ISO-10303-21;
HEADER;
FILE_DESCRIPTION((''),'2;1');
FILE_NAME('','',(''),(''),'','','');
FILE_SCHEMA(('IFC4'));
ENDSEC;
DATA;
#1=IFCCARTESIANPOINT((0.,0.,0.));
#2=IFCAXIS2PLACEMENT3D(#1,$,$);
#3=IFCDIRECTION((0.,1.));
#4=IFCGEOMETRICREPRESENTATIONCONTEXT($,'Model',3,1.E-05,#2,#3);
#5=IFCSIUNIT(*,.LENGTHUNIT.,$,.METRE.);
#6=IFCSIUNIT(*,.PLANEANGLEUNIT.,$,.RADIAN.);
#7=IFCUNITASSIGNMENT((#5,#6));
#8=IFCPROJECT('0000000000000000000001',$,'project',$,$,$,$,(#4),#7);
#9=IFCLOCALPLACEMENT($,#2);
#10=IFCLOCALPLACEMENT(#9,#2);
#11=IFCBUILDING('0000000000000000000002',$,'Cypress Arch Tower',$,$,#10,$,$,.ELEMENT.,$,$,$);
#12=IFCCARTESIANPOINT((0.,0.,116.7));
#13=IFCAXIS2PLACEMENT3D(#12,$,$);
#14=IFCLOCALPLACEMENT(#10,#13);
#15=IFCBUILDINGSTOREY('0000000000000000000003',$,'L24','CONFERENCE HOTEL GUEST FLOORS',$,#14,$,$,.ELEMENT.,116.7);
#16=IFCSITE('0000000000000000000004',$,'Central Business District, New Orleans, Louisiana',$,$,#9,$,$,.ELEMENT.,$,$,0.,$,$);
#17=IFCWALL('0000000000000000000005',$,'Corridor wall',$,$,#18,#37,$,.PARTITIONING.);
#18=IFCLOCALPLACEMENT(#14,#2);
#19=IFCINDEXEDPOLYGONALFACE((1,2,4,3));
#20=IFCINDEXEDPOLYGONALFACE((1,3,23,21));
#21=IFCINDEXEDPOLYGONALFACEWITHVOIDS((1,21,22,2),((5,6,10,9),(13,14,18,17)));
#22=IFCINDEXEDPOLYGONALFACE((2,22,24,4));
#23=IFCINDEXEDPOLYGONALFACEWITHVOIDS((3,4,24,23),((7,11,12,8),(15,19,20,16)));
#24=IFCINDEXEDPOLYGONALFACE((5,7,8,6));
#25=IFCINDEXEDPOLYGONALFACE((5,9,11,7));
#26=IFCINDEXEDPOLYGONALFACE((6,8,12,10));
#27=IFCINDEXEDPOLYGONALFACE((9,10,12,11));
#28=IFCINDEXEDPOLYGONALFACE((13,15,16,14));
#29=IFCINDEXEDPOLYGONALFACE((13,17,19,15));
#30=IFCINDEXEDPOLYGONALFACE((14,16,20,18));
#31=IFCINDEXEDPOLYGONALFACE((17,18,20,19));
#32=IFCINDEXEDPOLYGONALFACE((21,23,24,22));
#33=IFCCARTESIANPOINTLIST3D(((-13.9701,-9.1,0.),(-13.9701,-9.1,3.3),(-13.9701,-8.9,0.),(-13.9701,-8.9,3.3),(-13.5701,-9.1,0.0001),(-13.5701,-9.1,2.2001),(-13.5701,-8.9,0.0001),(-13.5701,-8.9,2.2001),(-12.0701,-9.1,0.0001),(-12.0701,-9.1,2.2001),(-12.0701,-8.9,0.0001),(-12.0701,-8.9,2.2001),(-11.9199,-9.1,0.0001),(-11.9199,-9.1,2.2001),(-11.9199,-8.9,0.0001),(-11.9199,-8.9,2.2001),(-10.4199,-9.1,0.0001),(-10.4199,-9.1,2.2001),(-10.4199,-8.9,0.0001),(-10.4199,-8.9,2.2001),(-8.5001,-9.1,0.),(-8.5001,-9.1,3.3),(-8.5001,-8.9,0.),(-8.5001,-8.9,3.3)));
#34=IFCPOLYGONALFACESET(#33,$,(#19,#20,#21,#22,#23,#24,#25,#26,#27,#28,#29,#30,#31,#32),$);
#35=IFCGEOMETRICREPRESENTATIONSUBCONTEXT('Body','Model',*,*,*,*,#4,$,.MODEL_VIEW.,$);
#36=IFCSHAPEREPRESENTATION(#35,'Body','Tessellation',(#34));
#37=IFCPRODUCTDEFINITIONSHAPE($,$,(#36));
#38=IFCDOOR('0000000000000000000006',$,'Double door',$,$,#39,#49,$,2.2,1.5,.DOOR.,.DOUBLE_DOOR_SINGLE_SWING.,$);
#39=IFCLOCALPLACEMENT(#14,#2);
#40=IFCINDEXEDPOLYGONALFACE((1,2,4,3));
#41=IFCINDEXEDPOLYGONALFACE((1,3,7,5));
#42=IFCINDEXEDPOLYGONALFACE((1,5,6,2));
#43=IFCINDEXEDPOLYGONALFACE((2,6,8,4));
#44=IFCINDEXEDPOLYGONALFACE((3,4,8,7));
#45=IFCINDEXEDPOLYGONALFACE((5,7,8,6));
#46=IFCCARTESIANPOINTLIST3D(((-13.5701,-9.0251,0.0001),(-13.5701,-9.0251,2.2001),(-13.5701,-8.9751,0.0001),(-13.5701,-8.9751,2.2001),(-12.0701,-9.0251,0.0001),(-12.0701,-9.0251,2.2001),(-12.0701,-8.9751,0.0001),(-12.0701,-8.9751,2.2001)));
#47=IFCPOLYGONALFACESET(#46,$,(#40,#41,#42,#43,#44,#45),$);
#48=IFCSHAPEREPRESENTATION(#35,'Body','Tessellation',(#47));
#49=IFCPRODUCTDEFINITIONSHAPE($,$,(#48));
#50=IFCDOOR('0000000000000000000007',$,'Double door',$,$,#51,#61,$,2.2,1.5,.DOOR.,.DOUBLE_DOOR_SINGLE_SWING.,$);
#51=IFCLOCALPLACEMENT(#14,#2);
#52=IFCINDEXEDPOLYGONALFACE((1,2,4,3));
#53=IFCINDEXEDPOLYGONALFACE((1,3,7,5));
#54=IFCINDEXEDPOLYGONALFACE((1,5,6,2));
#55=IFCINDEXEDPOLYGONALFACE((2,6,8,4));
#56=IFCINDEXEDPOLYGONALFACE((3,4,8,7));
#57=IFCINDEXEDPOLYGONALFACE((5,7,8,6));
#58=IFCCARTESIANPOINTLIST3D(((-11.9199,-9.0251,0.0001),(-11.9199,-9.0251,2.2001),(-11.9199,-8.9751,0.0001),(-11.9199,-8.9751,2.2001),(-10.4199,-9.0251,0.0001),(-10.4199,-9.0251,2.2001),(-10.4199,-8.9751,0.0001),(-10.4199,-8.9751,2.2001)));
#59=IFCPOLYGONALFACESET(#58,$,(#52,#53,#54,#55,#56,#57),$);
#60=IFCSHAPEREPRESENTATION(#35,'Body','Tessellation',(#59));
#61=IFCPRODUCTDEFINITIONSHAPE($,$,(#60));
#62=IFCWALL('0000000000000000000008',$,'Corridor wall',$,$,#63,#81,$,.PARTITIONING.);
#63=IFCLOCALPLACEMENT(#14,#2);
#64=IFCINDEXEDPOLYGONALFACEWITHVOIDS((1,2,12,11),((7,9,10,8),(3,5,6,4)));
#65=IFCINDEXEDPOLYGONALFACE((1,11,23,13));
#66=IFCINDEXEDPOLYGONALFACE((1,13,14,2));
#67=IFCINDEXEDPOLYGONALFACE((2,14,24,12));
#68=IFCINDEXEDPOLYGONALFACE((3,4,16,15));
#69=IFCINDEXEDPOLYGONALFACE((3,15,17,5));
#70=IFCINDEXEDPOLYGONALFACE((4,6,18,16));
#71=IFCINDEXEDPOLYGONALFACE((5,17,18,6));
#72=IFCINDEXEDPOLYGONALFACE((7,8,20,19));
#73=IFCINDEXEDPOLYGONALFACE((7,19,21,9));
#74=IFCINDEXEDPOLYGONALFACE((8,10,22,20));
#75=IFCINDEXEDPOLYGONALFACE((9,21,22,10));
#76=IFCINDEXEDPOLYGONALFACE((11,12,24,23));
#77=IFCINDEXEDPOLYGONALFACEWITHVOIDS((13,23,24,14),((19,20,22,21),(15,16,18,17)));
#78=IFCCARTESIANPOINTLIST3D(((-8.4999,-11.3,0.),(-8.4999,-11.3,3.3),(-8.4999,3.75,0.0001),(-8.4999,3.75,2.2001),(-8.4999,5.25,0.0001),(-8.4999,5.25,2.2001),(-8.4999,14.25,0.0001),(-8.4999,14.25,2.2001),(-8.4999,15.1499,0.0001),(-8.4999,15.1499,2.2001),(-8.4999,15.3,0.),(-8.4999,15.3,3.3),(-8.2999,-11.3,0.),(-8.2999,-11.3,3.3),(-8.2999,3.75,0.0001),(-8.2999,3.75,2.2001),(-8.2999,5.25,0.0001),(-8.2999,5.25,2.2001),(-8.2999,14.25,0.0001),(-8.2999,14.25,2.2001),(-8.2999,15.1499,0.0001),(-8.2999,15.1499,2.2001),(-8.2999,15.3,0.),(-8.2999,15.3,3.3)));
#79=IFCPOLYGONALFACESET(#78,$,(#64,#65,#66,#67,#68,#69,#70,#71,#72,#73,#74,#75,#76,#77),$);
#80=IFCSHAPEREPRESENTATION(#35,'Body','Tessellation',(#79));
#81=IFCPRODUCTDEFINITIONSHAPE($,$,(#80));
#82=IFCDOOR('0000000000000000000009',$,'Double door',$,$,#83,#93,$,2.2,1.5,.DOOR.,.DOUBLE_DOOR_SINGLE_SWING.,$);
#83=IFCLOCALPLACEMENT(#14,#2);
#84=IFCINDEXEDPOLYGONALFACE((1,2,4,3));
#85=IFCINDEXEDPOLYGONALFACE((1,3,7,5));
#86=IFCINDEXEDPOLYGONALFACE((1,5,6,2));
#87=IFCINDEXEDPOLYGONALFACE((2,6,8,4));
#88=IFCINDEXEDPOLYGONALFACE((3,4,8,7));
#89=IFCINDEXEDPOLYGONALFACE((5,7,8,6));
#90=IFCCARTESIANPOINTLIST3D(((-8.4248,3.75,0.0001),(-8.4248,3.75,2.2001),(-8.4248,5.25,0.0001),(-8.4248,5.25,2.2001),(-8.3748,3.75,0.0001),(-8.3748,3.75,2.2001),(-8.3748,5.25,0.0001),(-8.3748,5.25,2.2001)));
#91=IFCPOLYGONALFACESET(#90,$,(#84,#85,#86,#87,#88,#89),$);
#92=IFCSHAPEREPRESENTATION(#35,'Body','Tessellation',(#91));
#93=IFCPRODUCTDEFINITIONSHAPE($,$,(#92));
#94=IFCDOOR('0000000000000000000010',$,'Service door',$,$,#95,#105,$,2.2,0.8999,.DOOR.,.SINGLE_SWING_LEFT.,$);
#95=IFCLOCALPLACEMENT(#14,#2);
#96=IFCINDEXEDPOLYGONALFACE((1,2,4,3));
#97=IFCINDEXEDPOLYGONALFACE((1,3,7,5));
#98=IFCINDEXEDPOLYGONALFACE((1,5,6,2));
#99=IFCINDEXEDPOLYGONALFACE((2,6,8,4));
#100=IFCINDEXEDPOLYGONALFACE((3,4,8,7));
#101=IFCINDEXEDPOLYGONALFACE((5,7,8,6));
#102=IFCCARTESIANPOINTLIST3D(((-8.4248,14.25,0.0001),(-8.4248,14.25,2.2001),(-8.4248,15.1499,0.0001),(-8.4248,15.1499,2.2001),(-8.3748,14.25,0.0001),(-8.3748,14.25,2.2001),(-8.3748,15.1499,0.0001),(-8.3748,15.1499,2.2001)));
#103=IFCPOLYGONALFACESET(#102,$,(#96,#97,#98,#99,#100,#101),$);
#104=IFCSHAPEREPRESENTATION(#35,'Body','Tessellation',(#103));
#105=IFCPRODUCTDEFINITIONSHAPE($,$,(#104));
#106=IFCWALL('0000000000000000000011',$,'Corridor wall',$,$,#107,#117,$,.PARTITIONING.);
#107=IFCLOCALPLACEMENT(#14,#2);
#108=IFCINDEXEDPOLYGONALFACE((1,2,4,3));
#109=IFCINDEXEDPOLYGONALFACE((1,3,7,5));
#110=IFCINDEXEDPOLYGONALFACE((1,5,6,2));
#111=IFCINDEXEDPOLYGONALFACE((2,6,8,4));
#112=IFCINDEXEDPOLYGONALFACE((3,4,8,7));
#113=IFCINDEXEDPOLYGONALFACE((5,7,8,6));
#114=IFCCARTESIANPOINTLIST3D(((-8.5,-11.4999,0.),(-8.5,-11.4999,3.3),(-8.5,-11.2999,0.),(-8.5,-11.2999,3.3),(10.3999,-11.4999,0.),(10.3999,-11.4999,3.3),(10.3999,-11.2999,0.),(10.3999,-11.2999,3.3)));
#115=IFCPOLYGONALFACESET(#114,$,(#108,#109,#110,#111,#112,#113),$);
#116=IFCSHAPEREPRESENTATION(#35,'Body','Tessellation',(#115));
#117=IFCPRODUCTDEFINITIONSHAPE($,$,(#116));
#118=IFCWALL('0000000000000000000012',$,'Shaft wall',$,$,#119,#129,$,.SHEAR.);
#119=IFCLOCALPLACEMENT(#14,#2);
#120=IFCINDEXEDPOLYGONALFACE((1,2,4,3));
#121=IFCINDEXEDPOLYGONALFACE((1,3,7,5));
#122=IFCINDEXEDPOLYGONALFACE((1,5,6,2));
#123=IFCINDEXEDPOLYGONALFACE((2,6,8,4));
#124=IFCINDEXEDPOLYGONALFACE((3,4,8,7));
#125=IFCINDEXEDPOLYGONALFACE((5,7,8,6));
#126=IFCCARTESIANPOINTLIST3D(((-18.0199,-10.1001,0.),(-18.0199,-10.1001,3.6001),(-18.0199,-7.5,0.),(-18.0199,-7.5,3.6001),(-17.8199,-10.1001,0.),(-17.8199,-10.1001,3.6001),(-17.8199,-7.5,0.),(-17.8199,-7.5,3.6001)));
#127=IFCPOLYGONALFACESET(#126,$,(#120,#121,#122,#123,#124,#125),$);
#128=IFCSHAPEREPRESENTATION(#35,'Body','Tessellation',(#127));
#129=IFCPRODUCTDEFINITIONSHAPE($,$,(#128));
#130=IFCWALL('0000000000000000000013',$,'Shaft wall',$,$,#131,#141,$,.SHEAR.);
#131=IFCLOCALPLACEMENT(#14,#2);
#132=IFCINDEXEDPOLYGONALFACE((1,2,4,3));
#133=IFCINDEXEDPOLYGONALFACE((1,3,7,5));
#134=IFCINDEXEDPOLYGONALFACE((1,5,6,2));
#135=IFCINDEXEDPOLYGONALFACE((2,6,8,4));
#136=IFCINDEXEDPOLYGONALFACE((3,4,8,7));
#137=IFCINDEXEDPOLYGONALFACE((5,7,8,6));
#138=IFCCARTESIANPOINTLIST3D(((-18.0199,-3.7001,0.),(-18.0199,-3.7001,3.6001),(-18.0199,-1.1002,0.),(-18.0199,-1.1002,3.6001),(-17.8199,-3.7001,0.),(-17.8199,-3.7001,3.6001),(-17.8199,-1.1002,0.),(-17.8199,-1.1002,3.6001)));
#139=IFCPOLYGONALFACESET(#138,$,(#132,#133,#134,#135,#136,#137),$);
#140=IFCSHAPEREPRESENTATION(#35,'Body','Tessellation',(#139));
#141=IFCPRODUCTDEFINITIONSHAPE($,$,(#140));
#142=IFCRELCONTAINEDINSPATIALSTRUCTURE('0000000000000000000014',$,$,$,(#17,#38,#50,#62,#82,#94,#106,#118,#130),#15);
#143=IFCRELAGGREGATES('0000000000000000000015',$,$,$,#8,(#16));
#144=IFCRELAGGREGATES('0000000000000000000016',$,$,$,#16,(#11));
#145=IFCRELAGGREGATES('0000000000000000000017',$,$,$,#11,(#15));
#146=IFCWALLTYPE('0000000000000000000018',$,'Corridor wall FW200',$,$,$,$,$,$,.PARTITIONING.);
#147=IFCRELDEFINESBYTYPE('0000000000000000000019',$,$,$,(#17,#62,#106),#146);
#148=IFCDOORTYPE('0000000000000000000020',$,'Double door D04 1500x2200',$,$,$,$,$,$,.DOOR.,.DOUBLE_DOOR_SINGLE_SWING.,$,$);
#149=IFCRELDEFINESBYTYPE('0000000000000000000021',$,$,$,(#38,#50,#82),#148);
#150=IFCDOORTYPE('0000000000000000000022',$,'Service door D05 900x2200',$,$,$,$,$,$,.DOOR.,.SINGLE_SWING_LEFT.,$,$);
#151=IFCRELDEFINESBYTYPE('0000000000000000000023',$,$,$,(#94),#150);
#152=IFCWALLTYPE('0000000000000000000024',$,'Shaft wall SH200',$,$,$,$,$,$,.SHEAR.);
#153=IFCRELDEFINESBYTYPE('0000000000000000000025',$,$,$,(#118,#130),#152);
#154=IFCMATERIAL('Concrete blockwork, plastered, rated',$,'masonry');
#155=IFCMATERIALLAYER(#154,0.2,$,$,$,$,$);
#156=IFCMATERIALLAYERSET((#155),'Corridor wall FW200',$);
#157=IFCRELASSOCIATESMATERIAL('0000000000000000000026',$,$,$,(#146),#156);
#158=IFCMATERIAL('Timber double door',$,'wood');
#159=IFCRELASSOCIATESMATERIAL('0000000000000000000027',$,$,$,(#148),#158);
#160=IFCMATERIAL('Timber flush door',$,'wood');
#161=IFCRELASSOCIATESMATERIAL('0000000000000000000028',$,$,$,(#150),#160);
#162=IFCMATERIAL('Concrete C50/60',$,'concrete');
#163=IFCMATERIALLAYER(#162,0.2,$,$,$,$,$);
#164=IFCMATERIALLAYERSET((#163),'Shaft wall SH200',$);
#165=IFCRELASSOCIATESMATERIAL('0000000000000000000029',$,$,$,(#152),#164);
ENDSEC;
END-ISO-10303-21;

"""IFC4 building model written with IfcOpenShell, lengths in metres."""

from ifc_helpers import new_model, si_unit, direction, frame, frame_2d, origin, place, context, subcontext, project, spatial, rectangle, extrude, material, layer, layer_set, type_object, element, fill, save


model = new_model("IFC4")

# Units and contexts
model_context = context("Model", 3, precision=1e-05, world=origin(), true_north=direction((0.0, 1.0)))
body_context = subcontext(model_context, "Body", "Model", "MODEL_VIEW")
ifc_project = project(units=[si_unit("LENGTHUNIT", "METRE"), si_unit("PLANEANGLEUNIT", "RADIAN")], contexts=[model_context])

# Site, building, storey
site_placement = place(None, origin())
site = spatial("IfcSite", under=ifc_project, at=site_placement, Name="Central Business District, New Orleans, Louisiana", CompositionType="ELEMENT", RefElevation=0.0)
building_placement = place(site_placement, origin())
building = spatial("IfcBuilding", under=site, at=building_placement, Name="Cypress Arch Tower", CompositionType="ELEMENT")
storey_placement = place(building_placement, frame((0.0, 0.0, 116.7)))
storey = spatial("IfcBuildingStorey", under=building, at=storey_placement, Name="L24", Description="CONFERENCE HOTEL GUEST FLOORS", CompositionType="ELEMENT", Elevation=116.7)

# Shared definitions
ifc_material_1 = material(Name="Concrete blockwork, plastered, rated", Category="masonry")
ifc_layer_1 = layer(ifc_material_1, 0.2)
ifc_layer_set_1 = layer_set([ifc_layer_1], Name="Corridor wall FW200")
wall_type_1 = type_object("IfcWallType", Name="Corridor wall FW200", PredefinedType="PARTITIONING", material=ifc_layer_set_1)

# Walls, openings, doors
wall_1_placement = place(storey_placement, frame((-13.97, -9.0, 0.0), z_axis=(0.0, 0.0, 1.0), x_axis=(1.0, 0.0, 0.0)))
wall_1 = element("IfcWall", 1, at=wall_1_placement, inside=storey, type_object=wall_type_1, Name="Corridor wall", PredefinedType="PARTITIONING", context=body_context, shape_type="SweptSolid", body=[
    extrude(rectangle(XDim=5.47, YDim=0.2, at=frame_2d((2.7349, 0.0))), origin(), (0.0, 0.0, 1.0), 3.3),
])
opening_1_placement = place(wall_1_placement, frame((0.3999, 0.0, 0.0)))
opening_1 = element("IfcOpeningElement", 2, at=opening_1_placement, cuts=wall_1, PredefinedType="OPENING", context=body_context, shape_type="SweptSolid", body=[
    extrude(rectangle(XDim=1.5, YDim=2.2, at=frame_2d((0.75, 1.1001))), frame((0.0, 0.1099, 0.0), z_axis=(0.0, -1.0, 0.0), x_axis=(1.0, 0.0, 0.0)), (0.0, 0.0, 1.0), 0.22),
])
opening_2_placement = place(wall_1_placement, frame((2.05, 0.0, 0.0)))
opening_2 = element("IfcOpeningElement", 3, at=opening_2_placement, cuts=wall_1, PredefinedType="OPENING", context=body_context, shape_type="SweptSolid", body=[
    extrude(rectangle(XDim=1.5, YDim=2.2, at=frame_2d((0.75, 1.1001))), frame((0.0, 0.1099, 0.0), z_axis=(0.0, -1.0, 0.0), x_axis=(1.0, 0.0, 0.0)), (0.0, 0.0, 1.0), 0.22),
])
ifc_material_2 = material(Name="Timber double door", Category="wood")
door_type_1 = type_object("IfcDoorType", Name="Double door D04 1500x2200", OperationType="DOUBLE_DOOR_SINGLE_SWING", PredefinedType="DOOR", material=ifc_material_2)
door_1_placement = place(opening_1_placement, origin())
door_1 = element("IfcDoor", 4, at=door_1_placement, inside=storey, type_object=door_type_1, Name="Double door", OperationType="DOUBLE_DOOR_SINGLE_SWING", OverallHeight=2.2, OverallWidth=1.5, PredefinedType="DOOR", context=body_context, shape_type="SweptSolid", body=[
    extrude(rectangle(XDim=1.5, YDim=2.2, at=frame_2d((0.75, 1.1001))), frame((0.0, 0.0249, 0.0), z_axis=(0.0, -1.0, 0.0), x_axis=(1.0, 0.0, 0.0)), (0.0, 0.0, 1.0), 0.05),
])
fill(opening_1, door_1)
door_2_placement = place(opening_2_placement, origin())
door_2 = element("IfcDoor", 5, at=door_2_placement, inside=storey, type_object=door_type_1, Name="Double door", OperationType="DOUBLE_DOOR_SINGLE_SWING", OverallHeight=2.2, OverallWidth=1.5, PredefinedType="DOOR", context=body_context, shape_type="SweptSolid", body=[
    extrude(rectangle(XDim=1.5, YDim=2.2, at=frame_2d((0.75, 1.1001))), frame((0.0, 0.0249, 0.0), z_axis=(0.0, -1.0, 0.0), x_axis=(1.0, 0.0, 0.0)), (0.0, 0.0, 1.0), 0.05),
])
fill(opening_2, door_2)
wall_2_placement = place(storey_placement, frame((-8.3999, -11.3, 0.0), z_axis=(0.0, 0.0, 1.0), x_axis=(0.0, 1.0, 0.0)))
wall_2 = element("IfcWall", 6, at=wall_2_placement, inside=storey, type_object=wall_type_1, Name="Corridor wall", PredefinedType="PARTITIONING", context=body_context, shape_type="SweptSolid", body=[
    extrude(rectangle(XDim=26.6001, YDim=0.2, at=frame_2d((13.3, 0.0))), origin(), (0.0, 0.0, 1.0), 3.3),
])
opening_3_placement = place(wall_2_placement, frame((15.05, 0.0, 0.0)))
opening_3 = element("IfcOpeningElement", 7, at=opening_3_placement, cuts=wall_2, PredefinedType="OPENING", context=body_context, shape_type="SweptSolid", body=[
    extrude(rectangle(XDim=1.5, YDim=2.2, at=frame_2d((0.75, 1.1001))), frame((0.0, 0.1099, 0.0), z_axis=(0.0, -1.0, 0.0), x_axis=(1.0, 0.0, 0.0)), (0.0, 0.0, 1.0), 0.22),
])
opening_4_placement = place(wall_2_placement, frame((25.55, 0.0, 0.0)))
opening_4 = element("IfcOpeningElement", 8, at=opening_4_placement, cuts=wall_2, PredefinedType="OPENING", context=body_context, shape_type="SweptSolid", body=[
    extrude(rectangle(XDim=0.8999, YDim=2.2, at=frame_2d((0.45, 1.1001))), frame((0.0, 0.1099, 0.0), z_axis=(0.0, -1.0, 0.0), x_axis=(1.0, 0.0, 0.0)), (0.0, 0.0, 1.0), 0.22),
])
door_3_placement = place(opening_3_placement, origin())
door_3 = element("IfcDoor", 9, at=door_3_placement, inside=storey, type_object=door_type_1, Name="Double door", OperationType="DOUBLE_DOOR_SINGLE_SWING", OverallHeight=2.2, OverallWidth=1.5, PredefinedType="DOOR", context=body_context, shape_type="SweptSolid", body=[
    extrude(rectangle(XDim=1.5, YDim=2.2, at=frame_2d((0.75, 1.1001))), frame((0.0, 0.0249, 0.0), z_axis=(0.0, -1.0, 0.0), x_axis=(1.0, 0.0, 0.0)), (0.0, 0.0, 1.0), 0.05),
])
fill(opening_3, door_3)
ifc_material_3 = material(Name="Timber flush door", Category="wood")
door_type_2 = type_object("IfcDoorType", Name="Service door D05 900x2200", OperationType="SINGLE_SWING_LEFT", PredefinedType="DOOR", material=ifc_material_3)
door_4_placement = place(opening_4_placement, origin())
door_4 = element("IfcDoor", 10, at=door_4_placement, inside=storey, type_object=door_type_2, Name="Service door", OperationType="SINGLE_SWING_LEFT", OverallHeight=2.2, OverallWidth=0.8999, PredefinedType="DOOR", context=body_context, shape_type="SweptSolid", body=[
    extrude(rectangle(XDim=0.8999, YDim=2.2, at=frame_2d((0.45, 1.1001))), frame((0.0, 0.0249, 0.0), z_axis=(0.0, -1.0, 0.0), x_axis=(1.0, 0.0, 0.0)), (0.0, 0.0, 1.0), 0.05),
])
fill(opening_4, door_4)

# Walls
wall_3_placement = place(storey_placement, frame((-8.5, -11.3999, 0.0), z_axis=(0.0, 0.0, 1.0), x_axis=(1.0, 0.0, 0.0)))
element("IfcWall", 11, at=wall_3_placement, inside=storey, type_object=wall_type_1, Name="Corridor wall", PredefinedType="PARTITIONING", context=body_context, shape_type="SweptSolid", body=[
    extrude(rectangle(XDim=18.8999, YDim=0.2, at=frame_2d((9.45, 0.0))), origin(), (0.0, 0.0, 1.0), 3.3),
])
ifc_material_4 = material(Name="Concrete C50/60", Category="concrete")
ifc_layer_2 = layer(ifc_material_4, 0.2)
ifc_layer_set_2 = layer_set([ifc_layer_2], Name="Shaft wall SH200")
wall_type_2 = type_object("IfcWallType", Name="Shaft wall SH200", PredefinedType="SHEAR", material=ifc_layer_set_2)
wall_4_placement = place(storey_placement, frame((-17.9199, -10.1001, 0.0), z_axis=(0.0, 0.0, 1.0), x_axis=(0.0, 1.0, 0.0)))
element("IfcWall", 12, at=wall_4_placement, inside=storey, type_object=wall_type_2, Name="Shaft wall", PredefinedType="SHEAR", context=body_context, shape_type="SweptSolid", body=[
    extrude(rectangle(XDim=2.6001, YDim=0.2, at=frame_2d((1.3, 0.0))), origin(), (0.0, 0.0, 1.0), 3.6001),
])
wall_5_placement = place(storey_placement, frame((-17.9199, -3.7, 0.0), z_axis=(0.0, 0.0, 1.0), x_axis=(0.0, 1.0, 0.0)))
element("IfcWall", 13, at=wall_5_placement, inside=storey, type_object=wall_type_2, Name="Shaft wall", PredefinedType="SHEAR", context=body_context, shape_type="SweptSolid", body=[
    extrude(rectangle(XDim=2.5999, YDim=0.2, at=frame_2d((1.2998, 0.0))), origin(), (0.0, 0.0, 1.0), 3.6001),
])

save(model, "model.ifc")
